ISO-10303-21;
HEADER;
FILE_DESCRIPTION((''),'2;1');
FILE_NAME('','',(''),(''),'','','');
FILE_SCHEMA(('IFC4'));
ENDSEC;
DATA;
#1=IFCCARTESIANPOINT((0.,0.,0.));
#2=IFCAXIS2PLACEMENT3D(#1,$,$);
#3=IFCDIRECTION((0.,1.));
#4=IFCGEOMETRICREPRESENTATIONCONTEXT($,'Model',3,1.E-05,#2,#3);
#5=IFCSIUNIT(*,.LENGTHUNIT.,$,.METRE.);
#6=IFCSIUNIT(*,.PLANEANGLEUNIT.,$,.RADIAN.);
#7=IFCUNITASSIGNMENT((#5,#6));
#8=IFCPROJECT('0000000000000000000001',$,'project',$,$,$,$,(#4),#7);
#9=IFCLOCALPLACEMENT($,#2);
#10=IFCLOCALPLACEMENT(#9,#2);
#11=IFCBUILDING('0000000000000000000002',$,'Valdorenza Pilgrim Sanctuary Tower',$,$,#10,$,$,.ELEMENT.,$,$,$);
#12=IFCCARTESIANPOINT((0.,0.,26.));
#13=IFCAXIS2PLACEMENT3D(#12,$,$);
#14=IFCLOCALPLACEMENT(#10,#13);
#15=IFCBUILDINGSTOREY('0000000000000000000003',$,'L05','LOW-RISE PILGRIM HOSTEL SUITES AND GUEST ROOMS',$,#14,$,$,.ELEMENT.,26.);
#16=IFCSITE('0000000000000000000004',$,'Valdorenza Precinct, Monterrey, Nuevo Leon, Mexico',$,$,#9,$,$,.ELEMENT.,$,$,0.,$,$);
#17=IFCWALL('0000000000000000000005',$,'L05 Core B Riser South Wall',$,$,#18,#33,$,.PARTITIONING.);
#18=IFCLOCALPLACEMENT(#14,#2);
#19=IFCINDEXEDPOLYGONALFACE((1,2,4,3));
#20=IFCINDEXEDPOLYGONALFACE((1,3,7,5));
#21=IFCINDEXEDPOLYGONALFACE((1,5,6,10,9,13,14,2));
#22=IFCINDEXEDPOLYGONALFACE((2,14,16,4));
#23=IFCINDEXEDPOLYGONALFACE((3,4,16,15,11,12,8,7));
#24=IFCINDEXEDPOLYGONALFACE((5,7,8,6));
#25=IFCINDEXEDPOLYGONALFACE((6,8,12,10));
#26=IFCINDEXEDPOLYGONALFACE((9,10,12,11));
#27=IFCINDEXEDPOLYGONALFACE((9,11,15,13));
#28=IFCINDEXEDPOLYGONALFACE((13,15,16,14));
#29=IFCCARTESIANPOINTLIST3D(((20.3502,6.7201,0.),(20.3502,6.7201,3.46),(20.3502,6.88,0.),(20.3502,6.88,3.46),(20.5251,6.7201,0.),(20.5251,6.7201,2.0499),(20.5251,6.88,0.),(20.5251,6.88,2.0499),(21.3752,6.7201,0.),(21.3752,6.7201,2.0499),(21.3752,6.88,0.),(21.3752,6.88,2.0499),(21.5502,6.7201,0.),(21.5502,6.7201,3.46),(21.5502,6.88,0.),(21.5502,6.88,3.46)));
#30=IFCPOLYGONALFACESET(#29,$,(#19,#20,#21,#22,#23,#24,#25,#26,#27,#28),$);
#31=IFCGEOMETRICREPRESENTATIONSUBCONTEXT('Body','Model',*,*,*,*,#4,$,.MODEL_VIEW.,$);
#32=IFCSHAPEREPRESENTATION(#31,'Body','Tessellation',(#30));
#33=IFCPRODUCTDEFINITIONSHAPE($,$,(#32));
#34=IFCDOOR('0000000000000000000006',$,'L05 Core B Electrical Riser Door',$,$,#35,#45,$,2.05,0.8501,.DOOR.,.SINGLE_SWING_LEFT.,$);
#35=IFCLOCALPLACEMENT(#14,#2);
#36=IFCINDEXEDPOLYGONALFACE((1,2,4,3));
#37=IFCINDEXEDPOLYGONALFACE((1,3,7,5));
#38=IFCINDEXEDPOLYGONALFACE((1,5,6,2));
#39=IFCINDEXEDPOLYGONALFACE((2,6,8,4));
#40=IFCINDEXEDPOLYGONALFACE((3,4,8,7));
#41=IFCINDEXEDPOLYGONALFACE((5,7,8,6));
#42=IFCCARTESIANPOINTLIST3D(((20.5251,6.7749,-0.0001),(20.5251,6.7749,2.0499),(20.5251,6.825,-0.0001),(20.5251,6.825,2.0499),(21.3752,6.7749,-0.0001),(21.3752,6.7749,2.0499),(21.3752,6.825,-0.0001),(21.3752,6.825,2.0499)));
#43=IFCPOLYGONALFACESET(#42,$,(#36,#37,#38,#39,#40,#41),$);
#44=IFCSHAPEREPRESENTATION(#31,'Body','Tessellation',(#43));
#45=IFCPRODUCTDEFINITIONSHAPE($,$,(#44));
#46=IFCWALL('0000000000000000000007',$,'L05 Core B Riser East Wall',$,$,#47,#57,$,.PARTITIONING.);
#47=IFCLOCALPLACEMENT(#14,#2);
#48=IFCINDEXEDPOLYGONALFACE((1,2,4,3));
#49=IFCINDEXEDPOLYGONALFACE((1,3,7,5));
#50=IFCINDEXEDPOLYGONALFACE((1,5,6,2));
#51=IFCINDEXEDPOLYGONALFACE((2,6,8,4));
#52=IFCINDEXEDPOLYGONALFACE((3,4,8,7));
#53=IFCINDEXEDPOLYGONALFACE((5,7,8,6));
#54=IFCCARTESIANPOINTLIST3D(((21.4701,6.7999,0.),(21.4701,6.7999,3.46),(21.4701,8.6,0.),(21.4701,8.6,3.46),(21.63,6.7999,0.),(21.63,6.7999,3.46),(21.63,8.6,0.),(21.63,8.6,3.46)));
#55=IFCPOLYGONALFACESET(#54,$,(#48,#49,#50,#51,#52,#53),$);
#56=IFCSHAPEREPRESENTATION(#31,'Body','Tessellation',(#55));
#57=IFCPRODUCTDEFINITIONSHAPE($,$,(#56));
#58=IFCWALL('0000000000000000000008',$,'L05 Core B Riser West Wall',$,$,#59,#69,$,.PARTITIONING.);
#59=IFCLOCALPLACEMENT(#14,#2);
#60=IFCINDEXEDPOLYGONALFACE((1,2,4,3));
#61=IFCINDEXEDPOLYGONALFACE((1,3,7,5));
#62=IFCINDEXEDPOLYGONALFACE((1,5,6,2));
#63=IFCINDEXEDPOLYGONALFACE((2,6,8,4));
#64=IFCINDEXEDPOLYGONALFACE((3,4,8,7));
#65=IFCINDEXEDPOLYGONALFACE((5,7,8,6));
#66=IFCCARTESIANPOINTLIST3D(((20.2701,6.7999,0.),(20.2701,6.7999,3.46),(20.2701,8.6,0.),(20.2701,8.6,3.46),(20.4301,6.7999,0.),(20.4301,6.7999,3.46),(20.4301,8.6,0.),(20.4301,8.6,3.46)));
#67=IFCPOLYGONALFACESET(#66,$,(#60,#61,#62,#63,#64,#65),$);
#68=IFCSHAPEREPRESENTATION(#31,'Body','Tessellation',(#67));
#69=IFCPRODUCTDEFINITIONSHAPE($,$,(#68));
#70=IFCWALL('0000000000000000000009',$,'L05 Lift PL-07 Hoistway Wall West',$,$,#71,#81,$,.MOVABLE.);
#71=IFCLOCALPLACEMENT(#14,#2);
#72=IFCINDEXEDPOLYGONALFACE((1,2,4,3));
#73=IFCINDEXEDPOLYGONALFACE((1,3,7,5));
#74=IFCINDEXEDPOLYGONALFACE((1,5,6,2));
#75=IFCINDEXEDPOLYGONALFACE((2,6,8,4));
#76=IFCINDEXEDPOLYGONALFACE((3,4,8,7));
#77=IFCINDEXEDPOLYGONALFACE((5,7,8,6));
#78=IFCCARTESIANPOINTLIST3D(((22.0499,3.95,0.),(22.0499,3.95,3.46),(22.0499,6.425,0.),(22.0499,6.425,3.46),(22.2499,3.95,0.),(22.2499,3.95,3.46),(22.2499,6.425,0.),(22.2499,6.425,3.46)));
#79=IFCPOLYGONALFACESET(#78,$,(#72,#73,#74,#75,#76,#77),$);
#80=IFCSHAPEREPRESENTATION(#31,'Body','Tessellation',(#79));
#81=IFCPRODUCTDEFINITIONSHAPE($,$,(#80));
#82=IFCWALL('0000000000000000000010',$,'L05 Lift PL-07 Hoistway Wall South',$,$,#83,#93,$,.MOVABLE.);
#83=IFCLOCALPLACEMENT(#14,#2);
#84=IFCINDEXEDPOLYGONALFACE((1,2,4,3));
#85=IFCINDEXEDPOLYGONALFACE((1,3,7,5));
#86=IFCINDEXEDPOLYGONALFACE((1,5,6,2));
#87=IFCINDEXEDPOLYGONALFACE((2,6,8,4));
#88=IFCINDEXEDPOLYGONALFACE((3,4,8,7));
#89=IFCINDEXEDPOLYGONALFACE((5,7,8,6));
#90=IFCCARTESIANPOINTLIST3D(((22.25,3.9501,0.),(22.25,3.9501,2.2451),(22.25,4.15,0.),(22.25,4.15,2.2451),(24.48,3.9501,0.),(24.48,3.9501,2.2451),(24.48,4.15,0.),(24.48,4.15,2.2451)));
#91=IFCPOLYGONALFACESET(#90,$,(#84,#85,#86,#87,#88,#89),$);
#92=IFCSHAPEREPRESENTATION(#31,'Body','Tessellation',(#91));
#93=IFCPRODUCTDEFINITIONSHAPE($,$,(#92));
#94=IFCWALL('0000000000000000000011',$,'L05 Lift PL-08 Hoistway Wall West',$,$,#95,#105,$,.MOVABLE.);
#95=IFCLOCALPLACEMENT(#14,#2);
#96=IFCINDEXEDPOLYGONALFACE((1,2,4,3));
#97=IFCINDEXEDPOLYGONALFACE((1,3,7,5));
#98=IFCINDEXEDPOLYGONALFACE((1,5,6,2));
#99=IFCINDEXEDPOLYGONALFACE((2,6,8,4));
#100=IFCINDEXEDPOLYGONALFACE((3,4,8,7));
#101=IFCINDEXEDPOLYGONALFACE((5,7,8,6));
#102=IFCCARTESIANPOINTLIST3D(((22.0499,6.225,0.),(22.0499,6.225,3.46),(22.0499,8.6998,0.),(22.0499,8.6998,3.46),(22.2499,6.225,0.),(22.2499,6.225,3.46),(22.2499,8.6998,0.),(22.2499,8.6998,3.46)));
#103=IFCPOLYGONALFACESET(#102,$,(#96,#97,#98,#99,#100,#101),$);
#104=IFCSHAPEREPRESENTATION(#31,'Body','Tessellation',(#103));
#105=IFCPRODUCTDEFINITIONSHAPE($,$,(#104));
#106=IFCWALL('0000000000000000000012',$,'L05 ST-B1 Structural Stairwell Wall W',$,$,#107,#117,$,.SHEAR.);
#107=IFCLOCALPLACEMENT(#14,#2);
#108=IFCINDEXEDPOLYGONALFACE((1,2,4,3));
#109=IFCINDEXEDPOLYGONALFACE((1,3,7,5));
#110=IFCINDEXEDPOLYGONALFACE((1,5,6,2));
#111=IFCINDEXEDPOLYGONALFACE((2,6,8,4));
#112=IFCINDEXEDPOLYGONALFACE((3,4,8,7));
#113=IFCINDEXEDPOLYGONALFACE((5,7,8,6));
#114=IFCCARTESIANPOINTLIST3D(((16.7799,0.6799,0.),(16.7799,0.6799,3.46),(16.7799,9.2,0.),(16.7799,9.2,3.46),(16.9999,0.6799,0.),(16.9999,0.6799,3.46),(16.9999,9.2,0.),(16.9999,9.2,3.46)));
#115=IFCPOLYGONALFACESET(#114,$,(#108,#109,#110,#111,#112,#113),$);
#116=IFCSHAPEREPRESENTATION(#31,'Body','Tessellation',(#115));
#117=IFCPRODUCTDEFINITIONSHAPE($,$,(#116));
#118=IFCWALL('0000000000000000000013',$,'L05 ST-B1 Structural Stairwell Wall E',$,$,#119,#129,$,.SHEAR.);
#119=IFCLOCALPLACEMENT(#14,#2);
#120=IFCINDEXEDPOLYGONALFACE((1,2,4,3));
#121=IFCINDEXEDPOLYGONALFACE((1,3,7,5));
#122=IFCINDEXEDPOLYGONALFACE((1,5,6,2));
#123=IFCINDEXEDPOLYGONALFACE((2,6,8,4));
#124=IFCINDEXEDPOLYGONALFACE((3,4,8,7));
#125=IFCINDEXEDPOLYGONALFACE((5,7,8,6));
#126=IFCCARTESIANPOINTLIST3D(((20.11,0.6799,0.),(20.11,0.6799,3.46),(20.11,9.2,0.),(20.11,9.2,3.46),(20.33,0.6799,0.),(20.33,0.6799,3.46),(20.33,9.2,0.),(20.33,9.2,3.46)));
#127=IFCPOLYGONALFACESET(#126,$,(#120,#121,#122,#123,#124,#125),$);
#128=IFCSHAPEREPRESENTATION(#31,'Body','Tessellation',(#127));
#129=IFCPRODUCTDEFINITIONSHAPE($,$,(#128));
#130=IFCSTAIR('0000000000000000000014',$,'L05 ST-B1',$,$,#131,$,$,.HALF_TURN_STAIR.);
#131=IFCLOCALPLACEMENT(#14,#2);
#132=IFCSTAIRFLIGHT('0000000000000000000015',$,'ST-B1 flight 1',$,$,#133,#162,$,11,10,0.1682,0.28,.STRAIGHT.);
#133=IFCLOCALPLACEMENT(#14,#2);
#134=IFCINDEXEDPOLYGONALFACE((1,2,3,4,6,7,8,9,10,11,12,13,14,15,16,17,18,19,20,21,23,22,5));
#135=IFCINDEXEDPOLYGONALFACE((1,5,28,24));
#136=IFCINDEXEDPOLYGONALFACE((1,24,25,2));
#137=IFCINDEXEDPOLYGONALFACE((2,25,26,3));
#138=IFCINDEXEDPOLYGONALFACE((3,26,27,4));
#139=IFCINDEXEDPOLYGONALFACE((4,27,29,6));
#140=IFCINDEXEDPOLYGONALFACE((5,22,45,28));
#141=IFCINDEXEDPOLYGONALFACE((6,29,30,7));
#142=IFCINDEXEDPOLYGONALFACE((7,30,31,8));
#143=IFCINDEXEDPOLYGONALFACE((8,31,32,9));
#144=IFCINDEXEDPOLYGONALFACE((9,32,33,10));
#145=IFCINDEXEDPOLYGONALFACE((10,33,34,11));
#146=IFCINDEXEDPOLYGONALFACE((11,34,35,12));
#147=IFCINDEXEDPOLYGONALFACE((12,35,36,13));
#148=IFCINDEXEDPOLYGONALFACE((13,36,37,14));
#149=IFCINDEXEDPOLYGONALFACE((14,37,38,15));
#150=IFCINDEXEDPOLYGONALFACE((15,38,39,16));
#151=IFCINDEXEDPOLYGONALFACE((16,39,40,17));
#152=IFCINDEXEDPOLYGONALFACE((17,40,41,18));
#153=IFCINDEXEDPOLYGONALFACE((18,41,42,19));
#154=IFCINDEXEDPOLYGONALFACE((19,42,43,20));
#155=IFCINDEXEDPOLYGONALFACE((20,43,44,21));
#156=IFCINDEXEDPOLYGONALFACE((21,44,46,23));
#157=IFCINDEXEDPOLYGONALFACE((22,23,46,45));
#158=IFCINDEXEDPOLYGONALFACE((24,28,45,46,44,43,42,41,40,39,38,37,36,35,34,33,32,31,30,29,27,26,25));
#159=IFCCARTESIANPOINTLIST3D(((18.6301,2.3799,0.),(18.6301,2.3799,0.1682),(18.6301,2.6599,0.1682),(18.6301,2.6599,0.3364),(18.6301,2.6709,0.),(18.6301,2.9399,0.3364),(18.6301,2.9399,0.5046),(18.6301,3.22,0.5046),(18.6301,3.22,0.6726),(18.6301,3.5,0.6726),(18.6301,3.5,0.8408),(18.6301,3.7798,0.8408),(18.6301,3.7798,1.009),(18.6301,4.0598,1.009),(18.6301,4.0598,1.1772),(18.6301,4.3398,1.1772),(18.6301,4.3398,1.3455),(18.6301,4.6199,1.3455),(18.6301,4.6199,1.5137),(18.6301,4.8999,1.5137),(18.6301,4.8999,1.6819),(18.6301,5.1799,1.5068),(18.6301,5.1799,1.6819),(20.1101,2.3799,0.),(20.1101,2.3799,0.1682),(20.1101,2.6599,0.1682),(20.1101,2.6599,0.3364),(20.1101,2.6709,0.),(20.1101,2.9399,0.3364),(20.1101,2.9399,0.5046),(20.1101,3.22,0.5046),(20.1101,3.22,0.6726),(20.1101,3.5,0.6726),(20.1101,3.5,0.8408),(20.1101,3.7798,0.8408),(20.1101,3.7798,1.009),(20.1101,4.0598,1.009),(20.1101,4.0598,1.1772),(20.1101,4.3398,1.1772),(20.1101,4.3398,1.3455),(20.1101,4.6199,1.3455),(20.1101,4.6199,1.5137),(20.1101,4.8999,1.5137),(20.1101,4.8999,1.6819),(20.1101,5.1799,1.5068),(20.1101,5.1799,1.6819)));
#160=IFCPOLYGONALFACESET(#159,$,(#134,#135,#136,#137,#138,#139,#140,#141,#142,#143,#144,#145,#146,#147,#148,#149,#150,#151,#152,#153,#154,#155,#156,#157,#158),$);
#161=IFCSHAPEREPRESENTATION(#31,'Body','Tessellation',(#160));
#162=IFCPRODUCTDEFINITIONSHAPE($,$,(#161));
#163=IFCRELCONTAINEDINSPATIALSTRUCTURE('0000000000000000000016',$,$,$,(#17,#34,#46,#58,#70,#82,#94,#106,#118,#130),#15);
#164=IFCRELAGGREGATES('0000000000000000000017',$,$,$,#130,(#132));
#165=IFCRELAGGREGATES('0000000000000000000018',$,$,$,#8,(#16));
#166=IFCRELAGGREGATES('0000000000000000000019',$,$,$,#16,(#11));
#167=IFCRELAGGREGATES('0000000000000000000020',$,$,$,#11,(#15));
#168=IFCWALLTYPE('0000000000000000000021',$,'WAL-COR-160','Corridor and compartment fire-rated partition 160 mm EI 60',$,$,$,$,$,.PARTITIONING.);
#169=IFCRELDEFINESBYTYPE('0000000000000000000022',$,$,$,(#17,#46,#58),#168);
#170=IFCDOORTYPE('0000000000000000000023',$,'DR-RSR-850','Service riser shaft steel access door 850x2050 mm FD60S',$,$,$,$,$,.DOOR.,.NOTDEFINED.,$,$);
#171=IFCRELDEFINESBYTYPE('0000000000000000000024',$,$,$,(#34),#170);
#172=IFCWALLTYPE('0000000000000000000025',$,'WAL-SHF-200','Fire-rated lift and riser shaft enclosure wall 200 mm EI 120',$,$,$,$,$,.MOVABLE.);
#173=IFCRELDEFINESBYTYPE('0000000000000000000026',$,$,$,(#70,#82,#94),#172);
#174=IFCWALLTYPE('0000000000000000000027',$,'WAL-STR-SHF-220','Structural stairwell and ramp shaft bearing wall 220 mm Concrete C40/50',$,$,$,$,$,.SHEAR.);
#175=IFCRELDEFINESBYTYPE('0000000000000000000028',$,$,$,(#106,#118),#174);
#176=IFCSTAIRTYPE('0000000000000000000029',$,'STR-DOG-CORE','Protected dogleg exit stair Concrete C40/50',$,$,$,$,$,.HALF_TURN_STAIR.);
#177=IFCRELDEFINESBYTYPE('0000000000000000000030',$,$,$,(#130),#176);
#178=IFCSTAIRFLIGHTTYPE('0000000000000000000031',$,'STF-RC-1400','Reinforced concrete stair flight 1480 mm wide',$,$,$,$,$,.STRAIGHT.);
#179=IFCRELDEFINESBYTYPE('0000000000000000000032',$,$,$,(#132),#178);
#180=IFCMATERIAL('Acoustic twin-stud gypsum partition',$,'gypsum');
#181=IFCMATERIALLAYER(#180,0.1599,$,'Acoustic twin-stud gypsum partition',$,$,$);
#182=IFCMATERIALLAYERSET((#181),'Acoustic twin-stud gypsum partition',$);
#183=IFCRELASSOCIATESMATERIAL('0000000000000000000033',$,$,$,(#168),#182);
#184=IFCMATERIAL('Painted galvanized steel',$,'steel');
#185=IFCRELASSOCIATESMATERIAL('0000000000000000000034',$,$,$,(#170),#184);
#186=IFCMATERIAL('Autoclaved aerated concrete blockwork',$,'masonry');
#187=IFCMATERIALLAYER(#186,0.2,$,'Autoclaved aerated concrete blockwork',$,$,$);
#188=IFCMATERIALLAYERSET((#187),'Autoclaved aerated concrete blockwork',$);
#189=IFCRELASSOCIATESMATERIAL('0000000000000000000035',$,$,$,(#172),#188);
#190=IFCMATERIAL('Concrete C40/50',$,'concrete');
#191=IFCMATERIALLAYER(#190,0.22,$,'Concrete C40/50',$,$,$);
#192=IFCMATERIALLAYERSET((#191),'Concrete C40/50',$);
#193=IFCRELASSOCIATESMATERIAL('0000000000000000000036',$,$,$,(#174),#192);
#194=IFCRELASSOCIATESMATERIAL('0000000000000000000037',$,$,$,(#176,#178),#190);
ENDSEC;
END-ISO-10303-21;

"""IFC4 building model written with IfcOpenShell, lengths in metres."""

from ifc_helpers import new_model, si_unit, direction, frame, frame_2d, origin, place, context, subcontext, project, spatial, polyline, rectangle, outline, extrude, material, layer, layer_set, type_object, element, fill, aggregate, save


model = new_model("IFC4")

# Units and contexts
model_context = context("Model", 3, precision=1e-05, world=origin(), true_north=direction((0.0, 1.0)))
body_context = subcontext(model_context, "Body", "Model", "MODEL_VIEW")
ifc_project = project(units=[si_unit("LENGTHUNIT", "METRE"), si_unit("PLANEANGLEUNIT", "RADIAN")], contexts=[model_context])

# Site, building, storey
site_placement = place(None, origin())
site = spatial("IfcSite", under=ifc_project, at=site_placement, Name="Valdorenza Precinct, Monterrey, Nuevo Leon, Mexico", CompositionType="ELEMENT", RefElevation=0.0)
building_placement = place(site_placement, origin())
building = spatial("IfcBuilding", under=site, at=building_placement, Name="Valdorenza Pilgrim Sanctuary Tower", CompositionType="ELEMENT")
storey_placement = place(building_placement, frame((0.0, 0.0, 26.0)))
storey = spatial("IfcBuildingStorey", under=building, at=storey_placement, Name="L05", Description="LOW-RISE PILGRIM HOSTEL SUITES AND GUEST ROOMS", CompositionType="ELEMENT", Elevation=26.0)

# Wall, opening, door
ifc_material_1 = material(Name="Acoustic twin-stud gypsum partition", Category="gypsum")
ifc_layer_1 = layer(ifc_material_1, 0.1599, Name="Acoustic twin-stud gypsum partition")
ifc_layer_set_1 = layer_set([ifc_layer_1], Name="Acoustic twin-stud gypsum partition")
wall_type_1 = type_object("IfcWallType", Name="WAL-COR-160", Description="Corridor and compartment fire-rated partition 160 mm EI 60", PredefinedType="PARTITIONING", material=ifc_layer_set_1)
wall_1_placement = place(storey_placement, frame((20.3501, 6.8, 0.0), z_axis=(0.0, 0.0, 1.0), x_axis=(1.0, 0.0, 0.0)))
wall_1 = element("IfcWall", 1, at=wall_1_placement, inside=storey, type_object=wall_type_1, Name="L05 Core B Riser South Wall", PredefinedType="PARTITIONING", context=body_context, shape_type="SweptSolid", body=[
    extrude(rectangle(XDim=1.2, YDim=0.1599, at=frame_2d((0.6001, 0.0))), origin(), (0.0, 0.0, 1.0), 3.46),
])
opening_1_placement = place(wall_1_placement, frame((0.175, 0.0, 0.0)))
opening_1 = element("IfcOpeningElement", 2, at=opening_1_placement, cuts=wall_1, PredefinedType="OPENING", context=body_context, shape_type="SweptSolid", body=[
    extrude(rectangle(XDim=0.8501, YDim=2.05, at=frame_2d((0.425, 1.0249))), frame((0.0, 0.0947, 0.0), z_axis=(0.0, -1.0, 0.0), x_axis=(1.0, 0.0, 0.0)), (0.0, 0.0, 1.0), 0.1897),
])
ifc_material_2 = material(Name="Painted galvanized steel", Category="steel")
door_type_1 = type_object("IfcDoorType", Name="DR-RSR-850", Description="Service riser shaft steel access door 850x2050 mm FD60S", OperationType="NOTDEFINED", PredefinedType="DOOR", material=ifc_material_2)
door_1_placement = place(opening_1_placement, origin())
door_1 = element("IfcDoor", 3, at=door_1_placement, inside=storey, type_object=door_type_1, Name="L05 Core B Electrical Riser Door", OperationType="SINGLE_SWING_LEFT", OverallHeight=2.05, OverallWidth=0.8501, PredefinedType="DOOR", context=body_context, shape_type="SweptSolid", body=[
    extrude(rectangle(XDim=0.8501, YDim=2.05, at=frame_2d((0.425, 1.0249))), frame((0.0, 0.0249, 0.0), z_axis=(0.0, -1.0, 0.0), x_axis=(1.0, 0.0, 0.0)), (0.0, 0.0, 1.0), 0.05),
])
fill(opening_1, door_1)

# Walls
for number, where, z_axis, x_axis, name in (
    (4, (21.55, 6.8, 0.0), (0.0, 0.0, 1.0), (0.0, 1.0, 0.0), "L05 Core B Riser East Wall"),
    (5, (20.3501, 6.8, 0.0), (0.0, 0.0, 1.0), (0.0, 1.0, 0.0), "L05 Core B Riser West Wall"),
):
    element("IfcWall", number, at=place(storey_placement, frame(where, z_axis=z_axis, x_axis=x_axis)), inside=storey, type_object=wall_type_1, Name=name, PredefinedType="PARTITIONING", context=body_context, shape_type="SweptSolid", body=[
        extrude(rectangle(XDim=1.8, YDim=0.1599, at=frame_2d((0.8999, 0.0))), origin(), (0.0, 0.0, 1.0), 3.46),
    ])
ifc_material_3 = material(Name="Autoclaved aerated concrete blockwork", Category="masonry")
ifc_layer_2 = layer(ifc_material_3, 0.2, Name="Autoclaved aerated concrete blockwork")
ifc_layer_set_2 = layer_set([ifc_layer_2], Name="Autoclaved aerated concrete blockwork")
wall_type_2 = type_object("IfcWallType", Name="WAL-SHF-200", Description="Fire-rated lift and riser shaft enclosure wall 200 mm EI 120", PredefinedType="MOVABLE", material=ifc_layer_set_2)
wall_2_placement = place(storey_placement, frame((22.1499, 3.95, 0.0), z_axis=(0.0, 0.0, 1.0), x_axis=(0.0, 1.0, 0.0)))
element("IfcWall", 6, at=wall_2_placement, inside=storey, type_object=wall_type_2, Name="L05 Lift PL-07 Hoistway Wall West", PredefinedType="MOVABLE", context=body_context, shape_type="SweptSolid", body=[
    extrude(rectangle(XDim=2.4751, YDim=0.2, at=frame_2d((1.2375, 0.0))), origin(), (0.0, 0.0, 1.0), 3.46),
])
wall_3_placement = place(storey_placement, frame((22.25, 4.05, 0.0), z_axis=(0.0, 0.0, 1.0), x_axis=(1.0, 0.0, 0.0)))
element("IfcWall", 7, at=wall_3_placement, inside=storey, type_object=wall_type_2, Name="L05 Lift PL-07 Hoistway Wall South", PredefinedType="MOVABLE", context=body_context, shape_type="SweptSolid", body=[
    extrude(rectangle(XDim=2.23, YDim=0.2, at=frame_2d((1.115, 0.0))), origin(), (0.0, 0.0, 1.0), 2.2451),
])
wall_4_placement = place(storey_placement, frame((22.1499, 6.2251, 0.0), z_axis=(0.0, 0.0, 1.0), x_axis=(0.0, 1.0, 0.0)))
element("IfcWall", 8, at=wall_4_placement, inside=storey, type_object=wall_type_2, Name="L05 Lift PL-08 Hoistway Wall West", PredefinedType="MOVABLE", context=body_context, shape_type="SweptSolid", body=[
    extrude(rectangle(XDim=2.4749, YDim=0.2, at=frame_2d((1.2373, 0.0))), origin(), (0.0, 0.0, 1.0), 3.46),
])
ifc_material_4 = material(Name="Concrete C40/50", Category="concrete")
ifc_layer_3 = layer(ifc_material_4, 0.22, Name="Concrete C40/50")
ifc_layer_set_3 = layer_set([ifc_layer_3], Name="Concrete C40/50")
wall_type_3 = type_object("IfcWallType", Name="WAL-STR-SHF-220", Description="Structural stairwell and ramp shaft bearing wall 220 mm Concrete C40/50", PredefinedType="SHEAR", material=ifc_layer_set_3)
for number, where, z_axis, x_axis, name in (
    (9, (16.8899, 0.6799, 0.0), (0.0, 0.0, 1.0), (0.0, 1.0, 0.0), "L05 ST-B1 Structural Stairwell Wall W"),
    (10, (20.22, 0.6799, 0.0), (0.0, 0.0, 1.0), (0.0, 1.0, 0.0), "L05 ST-B1 Structural Stairwell Wall E"),
):
    element("IfcWall", number, at=place(storey_placement, frame(where, z_axis=z_axis, x_axis=x_axis)), inside=storey, type_object=wall_type_3, Name=name, PredefinedType="SHEAR", context=body_context, shape_type="SweptSolid", body=[
        extrude(rectangle(XDim=8.52, YDim=0.22, at=frame_2d((4.26, 0.0))), origin(), (0.0, 0.0, 1.0), 3.46),
    ])

# Stair, stair flight
stair_type = type_object("IfcStairType", Name="STR-DOG-CORE", Description="Protected dogleg exit stair Concrete C40/50", PredefinedType="HALF_TURN_STAIR", material=ifc_material_4)
stair_placement = place(storey_placement, origin())
stair = element("IfcStair", 11, at=stair_placement, inside=storey, type_object=stair_type, Name="L05 ST-B1", PredefinedType="HALF_TURN_STAIR")
stair_flight_type = type_object("IfcStairFlightType", Name="STF-RC-1400", Description="Reinforced concrete stair flight 1480 mm wide", PredefinedType="STRAIGHT", material=ifc_material_4)
stair_flight_1_placement = place(storey_placement, frame((19.3701, 2.3799, 0.0), z_axis=(0.0, 0.0, 1.0), x_axis=(0.0, 1.0, 0.0)))
stair_flight_1 = element("IfcStairFlight", 12, at=stair_flight_1_placement, type_object=stair_flight_type, Name="ST-B1 flight 1", NumberOfRisers=11, NumberOfTreads=10, PredefinedType="STRAIGHT", RiserHeight=0.1682, TreadLength=0.28, context=body_context, shape_type="SweptSolid", body=[
    extrude(outline(polyline([(0.0, 0.0), (0.0, 0.1682), (0.28, 0.1682), (0.28, 0.3364), (0.5601, 0.3364), (0.5601, 0.5046), (0.8401, 0.5046), (0.8401, 0.6726), (1.1201, 0.6726), (1.1201, 0.8408), (1.3999, 0.8408), (1.3999, 1.009), (1.6799, 1.009), (1.6799, 1.1772), (1.96, 1.1772), (1.96, 1.3455), (2.24, 1.3455), (2.24, 1.5137), (2.52, 1.5137), (2.52, 1.6819), (2.8, 1.6819), (2.8, 1.8501), (2.8, 1.5068), (0.291, 0.0), (0.0, 0.0)])), frame((0.0, 0.74, 0.0), z_axis=(0.0, -1.0, 0.0), x_axis=(1.0, 0.0, 0.0)), (0.0, 0.0, 1.0), 1.48),
])
aggregate(stair, [stair_flight_1])

save(model, "model.ifc")
